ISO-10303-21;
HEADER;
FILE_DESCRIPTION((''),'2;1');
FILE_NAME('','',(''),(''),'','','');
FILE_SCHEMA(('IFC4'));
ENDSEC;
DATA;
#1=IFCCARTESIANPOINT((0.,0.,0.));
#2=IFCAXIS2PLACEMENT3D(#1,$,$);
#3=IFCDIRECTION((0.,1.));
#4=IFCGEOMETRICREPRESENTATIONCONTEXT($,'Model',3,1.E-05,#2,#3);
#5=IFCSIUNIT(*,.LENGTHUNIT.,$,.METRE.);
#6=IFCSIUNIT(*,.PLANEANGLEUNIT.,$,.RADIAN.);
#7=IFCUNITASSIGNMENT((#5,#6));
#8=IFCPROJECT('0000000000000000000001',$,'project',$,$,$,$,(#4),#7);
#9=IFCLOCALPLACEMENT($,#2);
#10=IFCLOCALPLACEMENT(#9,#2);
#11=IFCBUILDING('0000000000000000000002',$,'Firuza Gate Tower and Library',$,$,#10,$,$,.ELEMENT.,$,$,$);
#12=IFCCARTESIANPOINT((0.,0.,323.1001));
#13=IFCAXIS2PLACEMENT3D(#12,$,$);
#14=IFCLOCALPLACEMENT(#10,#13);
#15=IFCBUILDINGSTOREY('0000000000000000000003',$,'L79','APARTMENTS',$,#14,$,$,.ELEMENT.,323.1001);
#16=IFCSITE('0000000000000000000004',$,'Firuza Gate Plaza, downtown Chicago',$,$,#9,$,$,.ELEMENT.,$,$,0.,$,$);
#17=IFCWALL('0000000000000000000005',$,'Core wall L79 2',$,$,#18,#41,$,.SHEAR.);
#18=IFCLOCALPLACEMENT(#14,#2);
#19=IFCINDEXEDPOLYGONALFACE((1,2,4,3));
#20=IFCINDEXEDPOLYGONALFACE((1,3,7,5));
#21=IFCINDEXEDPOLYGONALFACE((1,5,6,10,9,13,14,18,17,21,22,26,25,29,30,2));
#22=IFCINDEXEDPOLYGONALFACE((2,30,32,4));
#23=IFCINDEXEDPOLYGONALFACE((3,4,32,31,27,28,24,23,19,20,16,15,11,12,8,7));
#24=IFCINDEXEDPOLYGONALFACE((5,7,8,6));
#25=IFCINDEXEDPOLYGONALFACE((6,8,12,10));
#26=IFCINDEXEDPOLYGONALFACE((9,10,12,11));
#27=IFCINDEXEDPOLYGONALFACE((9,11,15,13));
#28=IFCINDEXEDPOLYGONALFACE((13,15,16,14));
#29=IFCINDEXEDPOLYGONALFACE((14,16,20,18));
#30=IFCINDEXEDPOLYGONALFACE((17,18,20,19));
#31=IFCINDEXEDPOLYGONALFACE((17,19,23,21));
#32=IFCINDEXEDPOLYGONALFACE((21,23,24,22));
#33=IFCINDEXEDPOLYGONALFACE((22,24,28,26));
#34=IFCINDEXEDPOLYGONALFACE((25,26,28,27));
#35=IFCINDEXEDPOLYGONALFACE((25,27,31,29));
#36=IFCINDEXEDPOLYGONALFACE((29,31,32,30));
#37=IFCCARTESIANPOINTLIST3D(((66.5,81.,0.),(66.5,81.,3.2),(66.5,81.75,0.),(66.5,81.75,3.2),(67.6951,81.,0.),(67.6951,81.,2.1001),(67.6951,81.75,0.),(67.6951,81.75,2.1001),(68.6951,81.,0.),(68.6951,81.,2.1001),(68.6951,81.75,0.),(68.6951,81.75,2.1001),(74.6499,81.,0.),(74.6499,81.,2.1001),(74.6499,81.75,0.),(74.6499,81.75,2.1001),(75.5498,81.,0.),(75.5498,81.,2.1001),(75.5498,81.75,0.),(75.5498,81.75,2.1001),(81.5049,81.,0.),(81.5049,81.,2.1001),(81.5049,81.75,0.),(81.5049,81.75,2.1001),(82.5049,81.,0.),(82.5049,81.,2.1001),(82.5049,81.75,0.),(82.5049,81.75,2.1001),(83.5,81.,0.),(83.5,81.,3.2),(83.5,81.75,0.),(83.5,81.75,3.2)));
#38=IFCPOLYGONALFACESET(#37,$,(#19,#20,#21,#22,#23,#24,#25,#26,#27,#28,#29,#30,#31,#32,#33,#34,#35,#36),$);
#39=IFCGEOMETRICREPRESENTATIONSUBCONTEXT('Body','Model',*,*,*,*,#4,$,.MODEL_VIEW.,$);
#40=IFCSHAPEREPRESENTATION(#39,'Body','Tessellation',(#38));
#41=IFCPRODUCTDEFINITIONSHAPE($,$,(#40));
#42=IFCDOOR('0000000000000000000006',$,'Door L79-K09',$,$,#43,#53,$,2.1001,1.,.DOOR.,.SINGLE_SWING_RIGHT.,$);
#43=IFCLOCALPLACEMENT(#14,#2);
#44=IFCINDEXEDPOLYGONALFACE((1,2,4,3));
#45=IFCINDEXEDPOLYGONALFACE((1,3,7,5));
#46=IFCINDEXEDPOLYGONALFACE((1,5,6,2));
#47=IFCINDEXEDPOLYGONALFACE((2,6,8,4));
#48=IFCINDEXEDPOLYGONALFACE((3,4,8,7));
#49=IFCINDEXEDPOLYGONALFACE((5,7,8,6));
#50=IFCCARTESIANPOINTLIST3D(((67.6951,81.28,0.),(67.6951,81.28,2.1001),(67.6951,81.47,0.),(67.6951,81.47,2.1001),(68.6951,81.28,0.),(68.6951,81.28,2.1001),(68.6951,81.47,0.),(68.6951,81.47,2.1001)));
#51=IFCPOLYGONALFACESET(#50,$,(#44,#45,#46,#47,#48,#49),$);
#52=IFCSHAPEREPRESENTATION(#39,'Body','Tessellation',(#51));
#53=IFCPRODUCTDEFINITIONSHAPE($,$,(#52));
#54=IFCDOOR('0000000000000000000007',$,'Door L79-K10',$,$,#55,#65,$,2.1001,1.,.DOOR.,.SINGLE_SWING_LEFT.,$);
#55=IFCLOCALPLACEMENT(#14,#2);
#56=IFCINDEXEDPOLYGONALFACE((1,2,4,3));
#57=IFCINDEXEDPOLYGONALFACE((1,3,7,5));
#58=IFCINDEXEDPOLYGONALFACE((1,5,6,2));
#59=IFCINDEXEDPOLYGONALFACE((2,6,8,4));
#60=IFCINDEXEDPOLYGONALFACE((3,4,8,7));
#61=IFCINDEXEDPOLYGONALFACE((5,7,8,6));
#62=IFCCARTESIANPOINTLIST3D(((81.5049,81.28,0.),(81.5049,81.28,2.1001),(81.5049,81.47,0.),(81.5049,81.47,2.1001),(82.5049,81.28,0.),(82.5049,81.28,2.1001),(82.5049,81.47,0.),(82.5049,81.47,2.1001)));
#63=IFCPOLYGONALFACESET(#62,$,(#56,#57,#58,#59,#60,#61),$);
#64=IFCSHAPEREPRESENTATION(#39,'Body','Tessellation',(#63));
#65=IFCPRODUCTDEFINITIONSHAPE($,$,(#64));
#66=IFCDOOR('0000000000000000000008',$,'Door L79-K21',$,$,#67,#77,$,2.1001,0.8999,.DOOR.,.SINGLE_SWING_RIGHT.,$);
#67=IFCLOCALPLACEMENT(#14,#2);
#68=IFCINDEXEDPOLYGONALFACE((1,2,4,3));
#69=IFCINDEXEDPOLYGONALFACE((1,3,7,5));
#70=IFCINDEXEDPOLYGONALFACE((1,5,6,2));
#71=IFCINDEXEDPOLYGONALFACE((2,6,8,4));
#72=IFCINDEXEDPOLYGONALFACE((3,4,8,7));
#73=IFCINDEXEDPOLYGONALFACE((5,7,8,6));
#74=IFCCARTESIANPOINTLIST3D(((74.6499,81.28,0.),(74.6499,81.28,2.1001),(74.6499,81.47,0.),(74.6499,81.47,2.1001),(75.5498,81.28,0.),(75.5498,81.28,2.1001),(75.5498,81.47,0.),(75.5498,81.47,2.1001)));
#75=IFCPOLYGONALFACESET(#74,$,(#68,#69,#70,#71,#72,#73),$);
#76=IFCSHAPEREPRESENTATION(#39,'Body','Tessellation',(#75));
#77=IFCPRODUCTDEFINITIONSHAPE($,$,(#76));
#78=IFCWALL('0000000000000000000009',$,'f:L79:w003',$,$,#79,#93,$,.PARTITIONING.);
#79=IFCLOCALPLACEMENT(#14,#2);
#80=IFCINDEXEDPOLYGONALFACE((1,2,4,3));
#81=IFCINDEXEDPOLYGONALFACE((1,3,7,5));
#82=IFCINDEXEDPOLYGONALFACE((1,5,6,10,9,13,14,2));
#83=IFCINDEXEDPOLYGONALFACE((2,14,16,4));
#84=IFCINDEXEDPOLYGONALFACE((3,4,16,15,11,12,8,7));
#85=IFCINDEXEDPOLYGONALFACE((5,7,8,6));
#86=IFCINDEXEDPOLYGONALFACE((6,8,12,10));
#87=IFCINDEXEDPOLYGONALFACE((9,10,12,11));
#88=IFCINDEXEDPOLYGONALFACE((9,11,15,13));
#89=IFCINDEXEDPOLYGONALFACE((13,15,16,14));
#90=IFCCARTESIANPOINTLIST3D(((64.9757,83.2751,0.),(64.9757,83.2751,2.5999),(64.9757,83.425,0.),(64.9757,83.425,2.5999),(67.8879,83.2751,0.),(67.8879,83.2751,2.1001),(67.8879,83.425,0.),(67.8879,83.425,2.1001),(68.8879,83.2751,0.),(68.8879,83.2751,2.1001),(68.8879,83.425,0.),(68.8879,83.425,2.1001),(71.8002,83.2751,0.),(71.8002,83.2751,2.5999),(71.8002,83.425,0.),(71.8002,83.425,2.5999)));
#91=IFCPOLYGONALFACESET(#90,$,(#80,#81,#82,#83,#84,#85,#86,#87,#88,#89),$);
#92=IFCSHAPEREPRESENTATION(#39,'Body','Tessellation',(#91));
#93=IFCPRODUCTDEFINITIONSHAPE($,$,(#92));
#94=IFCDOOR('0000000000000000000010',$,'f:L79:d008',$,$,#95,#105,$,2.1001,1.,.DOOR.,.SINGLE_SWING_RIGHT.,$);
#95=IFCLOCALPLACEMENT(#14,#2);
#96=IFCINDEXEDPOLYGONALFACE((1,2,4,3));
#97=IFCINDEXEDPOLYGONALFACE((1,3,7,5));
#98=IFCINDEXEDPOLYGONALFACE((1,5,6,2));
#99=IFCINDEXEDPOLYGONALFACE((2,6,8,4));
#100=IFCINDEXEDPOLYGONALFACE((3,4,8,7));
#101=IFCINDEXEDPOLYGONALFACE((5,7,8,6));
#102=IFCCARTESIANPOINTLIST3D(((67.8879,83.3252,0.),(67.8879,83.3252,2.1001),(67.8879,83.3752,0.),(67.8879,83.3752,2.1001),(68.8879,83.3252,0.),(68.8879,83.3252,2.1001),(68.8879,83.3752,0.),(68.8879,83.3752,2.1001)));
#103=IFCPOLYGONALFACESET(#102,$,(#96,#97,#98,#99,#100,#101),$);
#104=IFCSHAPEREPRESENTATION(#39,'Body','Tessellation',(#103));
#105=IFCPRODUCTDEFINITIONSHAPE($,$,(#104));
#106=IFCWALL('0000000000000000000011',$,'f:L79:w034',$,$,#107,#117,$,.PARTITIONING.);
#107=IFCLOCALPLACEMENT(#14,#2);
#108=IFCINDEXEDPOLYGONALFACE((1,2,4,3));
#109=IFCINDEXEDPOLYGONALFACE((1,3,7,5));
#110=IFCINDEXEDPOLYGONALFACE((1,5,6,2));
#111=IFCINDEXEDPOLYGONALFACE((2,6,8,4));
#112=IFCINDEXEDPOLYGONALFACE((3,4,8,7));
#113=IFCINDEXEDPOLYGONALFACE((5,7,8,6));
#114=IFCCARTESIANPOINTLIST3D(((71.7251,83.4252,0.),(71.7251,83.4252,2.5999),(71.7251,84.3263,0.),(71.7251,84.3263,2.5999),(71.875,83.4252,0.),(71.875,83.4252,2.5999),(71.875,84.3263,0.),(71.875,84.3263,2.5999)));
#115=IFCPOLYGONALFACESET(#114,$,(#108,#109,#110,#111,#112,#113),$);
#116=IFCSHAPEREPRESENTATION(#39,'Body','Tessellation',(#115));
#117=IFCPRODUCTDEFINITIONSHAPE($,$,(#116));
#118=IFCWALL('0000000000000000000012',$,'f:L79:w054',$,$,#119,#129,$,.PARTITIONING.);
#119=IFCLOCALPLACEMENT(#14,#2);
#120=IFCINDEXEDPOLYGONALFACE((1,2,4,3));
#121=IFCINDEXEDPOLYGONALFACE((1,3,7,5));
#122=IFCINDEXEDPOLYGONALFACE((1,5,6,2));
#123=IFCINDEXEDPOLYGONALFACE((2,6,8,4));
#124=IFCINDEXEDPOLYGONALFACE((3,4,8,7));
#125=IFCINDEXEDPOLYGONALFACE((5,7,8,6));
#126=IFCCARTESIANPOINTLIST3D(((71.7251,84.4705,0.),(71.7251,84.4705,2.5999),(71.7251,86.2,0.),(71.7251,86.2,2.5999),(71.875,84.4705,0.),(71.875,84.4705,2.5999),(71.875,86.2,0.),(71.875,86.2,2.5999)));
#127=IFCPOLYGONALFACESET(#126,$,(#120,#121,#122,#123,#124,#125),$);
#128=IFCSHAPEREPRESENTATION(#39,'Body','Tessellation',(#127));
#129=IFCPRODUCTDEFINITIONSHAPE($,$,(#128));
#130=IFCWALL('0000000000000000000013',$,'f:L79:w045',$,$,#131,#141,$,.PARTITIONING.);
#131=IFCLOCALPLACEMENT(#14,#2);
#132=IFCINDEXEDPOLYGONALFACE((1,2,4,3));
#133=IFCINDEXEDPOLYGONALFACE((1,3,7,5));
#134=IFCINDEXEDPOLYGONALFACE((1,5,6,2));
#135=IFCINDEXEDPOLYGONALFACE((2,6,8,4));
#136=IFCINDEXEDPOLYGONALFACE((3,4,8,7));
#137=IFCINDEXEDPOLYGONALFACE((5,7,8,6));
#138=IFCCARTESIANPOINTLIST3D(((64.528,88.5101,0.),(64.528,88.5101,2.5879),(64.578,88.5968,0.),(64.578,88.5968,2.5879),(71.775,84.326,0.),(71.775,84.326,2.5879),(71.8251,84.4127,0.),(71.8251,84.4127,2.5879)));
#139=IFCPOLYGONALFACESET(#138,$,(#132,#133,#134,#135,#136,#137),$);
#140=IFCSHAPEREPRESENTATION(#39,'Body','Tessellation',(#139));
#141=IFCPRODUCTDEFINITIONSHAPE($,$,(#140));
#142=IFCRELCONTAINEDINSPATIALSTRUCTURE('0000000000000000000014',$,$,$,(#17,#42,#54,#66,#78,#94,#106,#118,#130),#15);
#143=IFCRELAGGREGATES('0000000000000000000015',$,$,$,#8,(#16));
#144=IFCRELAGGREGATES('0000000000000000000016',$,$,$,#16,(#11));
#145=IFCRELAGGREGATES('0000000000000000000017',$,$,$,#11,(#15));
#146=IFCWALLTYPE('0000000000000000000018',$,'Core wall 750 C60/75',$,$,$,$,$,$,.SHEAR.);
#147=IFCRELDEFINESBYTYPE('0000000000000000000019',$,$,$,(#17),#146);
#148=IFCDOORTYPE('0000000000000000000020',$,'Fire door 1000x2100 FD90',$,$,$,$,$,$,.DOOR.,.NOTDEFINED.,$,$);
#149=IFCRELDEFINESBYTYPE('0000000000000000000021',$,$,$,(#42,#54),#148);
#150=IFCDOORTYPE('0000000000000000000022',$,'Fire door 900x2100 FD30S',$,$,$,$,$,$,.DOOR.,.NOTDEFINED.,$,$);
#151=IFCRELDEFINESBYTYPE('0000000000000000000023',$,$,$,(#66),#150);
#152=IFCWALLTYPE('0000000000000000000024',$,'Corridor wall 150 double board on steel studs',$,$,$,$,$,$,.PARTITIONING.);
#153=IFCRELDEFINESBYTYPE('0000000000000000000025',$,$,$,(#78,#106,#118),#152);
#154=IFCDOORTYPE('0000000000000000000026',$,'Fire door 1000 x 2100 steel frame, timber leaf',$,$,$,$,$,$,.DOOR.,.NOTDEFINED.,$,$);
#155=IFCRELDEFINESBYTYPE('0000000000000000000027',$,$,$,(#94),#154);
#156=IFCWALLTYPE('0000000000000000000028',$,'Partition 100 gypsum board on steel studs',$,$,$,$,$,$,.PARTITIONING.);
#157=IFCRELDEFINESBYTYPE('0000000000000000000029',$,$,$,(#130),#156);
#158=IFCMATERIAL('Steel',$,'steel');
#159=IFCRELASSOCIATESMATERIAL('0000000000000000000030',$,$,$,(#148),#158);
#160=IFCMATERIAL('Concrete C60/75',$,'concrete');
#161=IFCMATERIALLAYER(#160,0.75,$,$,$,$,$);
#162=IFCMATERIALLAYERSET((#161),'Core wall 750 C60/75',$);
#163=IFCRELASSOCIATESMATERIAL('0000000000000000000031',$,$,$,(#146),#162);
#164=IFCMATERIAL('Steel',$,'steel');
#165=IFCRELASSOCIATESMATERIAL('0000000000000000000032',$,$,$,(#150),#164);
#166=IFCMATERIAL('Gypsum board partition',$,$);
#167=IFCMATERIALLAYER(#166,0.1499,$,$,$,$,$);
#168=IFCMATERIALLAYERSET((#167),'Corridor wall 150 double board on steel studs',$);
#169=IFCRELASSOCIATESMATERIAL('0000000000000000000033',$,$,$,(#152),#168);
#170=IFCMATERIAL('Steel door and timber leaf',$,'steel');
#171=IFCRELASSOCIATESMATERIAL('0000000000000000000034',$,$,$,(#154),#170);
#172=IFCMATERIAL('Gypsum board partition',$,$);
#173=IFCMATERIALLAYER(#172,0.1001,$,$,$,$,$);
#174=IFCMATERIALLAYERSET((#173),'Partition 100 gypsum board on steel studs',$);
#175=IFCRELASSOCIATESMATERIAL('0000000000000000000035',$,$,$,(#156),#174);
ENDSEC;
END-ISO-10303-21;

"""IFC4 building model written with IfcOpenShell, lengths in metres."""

from ifc_helpers import new_model, si_unit, direction, frame, frame_2d, origin, place, context, subcontext, project, spatial, rectangle, extrude, material, layer, layer_set, type_object, element, fill, save


model = new_model("IFC4")

# Units and contexts
model_context = context("Model", 3, precision=1e-05, world=origin(), true_north=direction((0.0, 1.0)))
body_context = subcontext(model_context, "Body", "Model", "MODEL_VIEW")
ifc_project = project(units=[si_unit("LENGTHUNIT", "METRE"), si_unit("PLANEANGLEUNIT", "RADIAN")], contexts=[model_context])

# Site, building, storey
site_placement = place(None, origin())
site = spatial("IfcSite", under=ifc_project, at=site_placement, Name="Firuza Gate Plaza, downtown Chicago", CompositionType="ELEMENT", RefElevation=0.0)
building_placement = place(site_placement, origin())
building = spatial("IfcBuilding", under=site, at=building_placement, Name="Firuza Gate Tower and Library", CompositionType="ELEMENT")
storey_placement = place(building_placement, frame((0.0, 0.0, 323.1001)))
storey = spatial("IfcBuildingStorey", under=building, at=storey_placement, Name="L79", Description="APARTMENTS", CompositionType="ELEMENT", Elevation=323.1001)

# Shared definitions
ifc_material_1 = material(Name="Steel", Category="steel")
door_type_1 = type_object("IfcDoorType", Name="Fire door 1000x2100 FD90", OperationType="NOTDEFINED", PredefinedType="DOOR", material=ifc_material_1)

# Wall, openings, doors
ifc_material_2 = material(Name="Concrete C60/75", Category="concrete")
ifc_layer_1 = layer(ifc_material_2, 0.75)
ifc_layer_set_1 = layer_set([ifc_layer_1], Name="Core wall 750 C60/75")
wall_type_1 = type_object("IfcWallType", Name="Core wall 750 C60/75", PredefinedType="SHEAR", material=ifc_layer_set_1)
wall_1_placement = place(storey_placement, frame((66.5, 81.375, 0.0), z_axis=(0.0, 0.0, 1.0), x_axis=(1.0, 0.0, 0.0)))
wall_1 = element("IfcWall", 1, at=wall_1_placement, inside=storey, type_object=wall_type_1, Name="Core wall L79 2", PredefinedType="SHEAR", context=body_context, shape_type="SweptSolid", body=[
    extrude(rectangle(XDim=17.0, YDim=0.75, at=frame_2d((8.5, 0.0))), origin(), (0.0, 0.0, 1.0), 3.2),
])
opening_1_placement = place(wall_1_placement, frame((1.1951, 0.0, 0.0)))
opening_1 = element("IfcOpeningElement", 2, at=opening_1_placement, cuts=wall_1, PredefinedType="OPENING", context=body_context, shape_type="SweptSolid", body=[
    extrude(rectangle(XDim=1.0, YDim=2.1001, at=frame_2d((0.5, 1.05))), frame((0.0, 0.385, 0.0), z_axis=(0.0, -1.0, 0.0), x_axis=(1.0, 0.0, 0.0)), (0.0, 0.0, 1.0), 0.77),
])
opening_2_placement = place(wall_1_placement, frame((15.0049, 0.0, 0.0)))
opening_2 = element("IfcOpeningElement", 3, at=opening_2_placement, cuts=wall_1, PredefinedType="OPENING", context=body_context, shape_type="SweptSolid", body=[
    extrude(rectangle(XDim=1.0, YDim=2.1001, at=frame_2d((0.5, 1.05))), frame((0.0, 0.385, 0.0), z_axis=(0.0, -1.0, 0.0), x_axis=(1.0, 0.0, 0.0)), (0.0, 0.0, 1.0), 0.77),
])
opening_3_placement = place(wall_1_placement, frame((8.1499, 0.0, 0.0)))
opening_3 = element("IfcOpeningElement", 4, at=opening_3_placement, cuts=wall_1, PredefinedType="OPENING", context=body_context, shape_type="SweptSolid", body=[
    extrude(rectangle(XDim=0.8999, YDim=2.1001, at=frame_2d((0.45, 1.05))), frame((0.0, 0.385, 0.0), z_axis=(0.0, -1.0, 0.0), x_axis=(1.0, 0.0, 0.0)), (0.0, 0.0, 1.0), 0.77),
])
door_1_placement = place(opening_1_placement, origin())
door_1 = element("IfcDoor", 5, at=door_1_placement, inside=storey, type_object=door_type_1, Name="Door L79-K09", OperationType="SINGLE_SWING_RIGHT", OverallHeight=2.1001, OverallWidth=1.0, PredefinedType="DOOR", context=body_context, shape_type="SweptSolid", body=[
    extrude(rectangle(XDim=1.0, YDim=2.1001, at=frame_2d((0.5, 1.05))), frame((0.0, 0.095, 0.0), z_axis=(0.0, -1.0, 0.0), x_axis=(1.0, 0.0, 0.0)), (0.0, 0.0, 1.0), 0.1899),
])
fill(opening_1, door_1)
door_2_placement = place(opening_2_placement, origin())
door_2 = element("IfcDoor", 6, at=door_2_placement, inside=storey, type_object=door_type_1, Name="Door L79-K10", OperationType="SINGLE_SWING_LEFT", OverallHeight=2.1001, OverallWidth=1.0, PredefinedType="DOOR", context=body_context, shape_type="SweptSolid", body=[
    extrude(rectangle(XDim=1.0, YDim=2.1001, at=frame_2d((0.5, 1.05))), frame((0.0, 0.095, 0.0), z_axis=(0.0, -1.0, 0.0), x_axis=(1.0, 0.0, 0.0)), (0.0, 0.0, 1.0), 0.1899),
])
fill(opening_2, door_2)
ifc_material_3 = material(Name="Steel", Category="steel")
door_type_2 = type_object("IfcDoorType", Name="Fire door 900x2100 FD30S", OperationType="NOTDEFINED", PredefinedType="DOOR", material=ifc_material_3)
door_3_placement = place(opening_3_placement, origin())
door_3 = element("IfcDoor", 7, at=door_3_placement, inside=storey, type_object=door_type_2, Name="Door L79-K21", OperationType="SINGLE_SWING_RIGHT", OverallHeight=2.1001, OverallWidth=0.8999, PredefinedType="DOOR", context=body_context, shape_type="SweptSolid", body=[
    extrude(rectangle(XDim=0.8999, YDim=2.1001, at=frame_2d((0.45, 1.05))), frame((0.0, 0.095, 0.0), z_axis=(0.0, -1.0, 0.0), x_axis=(1.0, 0.0, 0.0)), (0.0, 0.0, 1.0), 0.1899),
])
fill(opening_3, door_3)

# Wall, opening, door
ifc_material_4 = material(Name="Gypsum board partition")
ifc_layer_2 = layer(ifc_material_4, 0.1499)
ifc_layer_set_2 = layer_set([ifc_layer_2], Name="Corridor wall 150 double board on steel studs")
wall_type_2 = type_object("IfcWallType", Name="Corridor wall 150 double board on steel studs", PredefinedType="PARTITIONING", material=ifc_layer_set_2)
wall_2_placement = place(storey_placement, frame((71.8, 83.3501, 0.0), z_axis=(0.0, 0.0, 1.0), x_axis=(-1.0, 0.0, 0.0)))
wall_2 = element("IfcWall", 8, at=wall_2_placement, inside=storey, type_object=wall_type_2, Name="f:L79:w003", PredefinedType="PARTITIONING", context=body_context, shape_type="SweptSolid", body=[
    extrude(rectangle(XDim=6.8245, YDim=0.1499, at=frame_2d((3.4121, 0.0))), origin(), (0.0, 0.0, 1.0), 2.5999),
])
opening_4_placement = place(wall_2_placement, frame((2.9121, 0.0, 0.0)))
opening_4 = element("IfcOpeningElement", 9, at=opening_4_placement, cuts=wall_2, PredefinedType="OPENING", context=body_context, shape_type="SweptSolid", body=[
    extrude(rectangle(XDim=1.0, YDim=2.1001, at=frame_2d((0.5, 1.05))), frame((0.0, 0.085, 0.0), z_axis=(0.0, -1.0, 0.0), x_axis=(1.0, 0.0, 0.0)), (0.0, 0.0, 1.0), 0.1699),
])
ifc_material_5 = material(Name="Steel door and timber leaf", Category="steel")
door_type_3 = type_object("IfcDoorType", Name="Fire door 1000 x 2100 steel frame, timber leaf", OperationType="NOTDEFINED", PredefinedType="DOOR", material=ifc_material_5)
door_4_placement = place(opening_4_placement, origin())
door_4 = element("IfcDoor", 10, at=door_4_placement, inside=storey, type_object=door_type_3, Name="f:L79:d008", OperationType="SINGLE_SWING_RIGHT", OverallHeight=2.1001, OverallWidth=1.0, PredefinedType="DOOR", context=body_context, shape_type="SweptSolid", body=[
    extrude(rectangle(XDim=1.0, YDim=2.1001, at=frame_2d((0.5, 1.05))), frame((0.0, 0.0249, 0.0), z_axis=(0.0, -1.0, 0.0), x_axis=(1.0, 0.0, 0.0)), (0.0, 0.0, 1.0), 0.05),
])
fill(opening_4, door_4)

# Walls
wall_3_placement = place(storey_placement, frame((71.8, 83.425, 0.0), z_axis=(0.0, 0.0, 1.0), x_axis=(0.0, 1.0, 0.0)))
element("IfcWall", 11, at=wall_3_placement, inside=storey, type_object=wall_type_2, Name="f:L79:w034", PredefinedType="PARTITIONING", context=body_context, shape_type="SweptSolid", body=[
    extrude(rectangle(XDim=0.9011, YDim=0.1499, at=frame_2d((0.4507, 0.0))), origin(), (0.0, 0.0, 1.0), 2.5999),
])
wall_4_placement = place(storey_placement, frame((71.8, 84.4705, 0.0), z_axis=(0.0, 0.0, 1.0), x_axis=(0.0, 1.0, 0.0)))
element("IfcWall", 12, at=wall_4_placement, inside=storey, type_object=wall_type_2, Name="f:L79:w054", PredefinedType="PARTITIONING", context=body_context, shape_type="SweptSolid", body=[
    extrude(rectangle(XDim=1.7295, YDim=0.1499, at=frame_2d((0.8647, 0.0))), origin(), (0.0, 0.0, 1.0), 2.5999),
])
ifc_material_6 = material(Name="Gypsum board partition")
ifc_layer_3 = layer(ifc_material_6, 0.1001)
ifc_layer_set_3 = layer_set([ifc_layer_3], Name="Partition 100 gypsum board on steel studs")
wall_type_3 = type_object("IfcWallType", Name="Partition 100 gypsum board on steel studs", PredefinedType="PARTITIONING", material=ifc_layer_set_3)
wall_5_placement = place(storey_placement, frame((71.8, 84.3694, 0.0), z_axis=(0.0, 0.0, 1.0), x_axis=(-0.866026, 0.499999, 0.0)))
element("IfcWall", 13, at=wall_5_placement, inside=storey, type_object=wall_type_3, Name="f:L79:w045", PredefinedType="PARTITIONING", context=body_context, shape_type="SweptSolid", body=[
    extrude(rectangle(XDim=8.3682, YDim=0.1001, at=frame_2d((4.1841, 0.0))), origin(), (0.0, 0.0, 1.0), 2.5879),
])

save(model, "model.ifc")
